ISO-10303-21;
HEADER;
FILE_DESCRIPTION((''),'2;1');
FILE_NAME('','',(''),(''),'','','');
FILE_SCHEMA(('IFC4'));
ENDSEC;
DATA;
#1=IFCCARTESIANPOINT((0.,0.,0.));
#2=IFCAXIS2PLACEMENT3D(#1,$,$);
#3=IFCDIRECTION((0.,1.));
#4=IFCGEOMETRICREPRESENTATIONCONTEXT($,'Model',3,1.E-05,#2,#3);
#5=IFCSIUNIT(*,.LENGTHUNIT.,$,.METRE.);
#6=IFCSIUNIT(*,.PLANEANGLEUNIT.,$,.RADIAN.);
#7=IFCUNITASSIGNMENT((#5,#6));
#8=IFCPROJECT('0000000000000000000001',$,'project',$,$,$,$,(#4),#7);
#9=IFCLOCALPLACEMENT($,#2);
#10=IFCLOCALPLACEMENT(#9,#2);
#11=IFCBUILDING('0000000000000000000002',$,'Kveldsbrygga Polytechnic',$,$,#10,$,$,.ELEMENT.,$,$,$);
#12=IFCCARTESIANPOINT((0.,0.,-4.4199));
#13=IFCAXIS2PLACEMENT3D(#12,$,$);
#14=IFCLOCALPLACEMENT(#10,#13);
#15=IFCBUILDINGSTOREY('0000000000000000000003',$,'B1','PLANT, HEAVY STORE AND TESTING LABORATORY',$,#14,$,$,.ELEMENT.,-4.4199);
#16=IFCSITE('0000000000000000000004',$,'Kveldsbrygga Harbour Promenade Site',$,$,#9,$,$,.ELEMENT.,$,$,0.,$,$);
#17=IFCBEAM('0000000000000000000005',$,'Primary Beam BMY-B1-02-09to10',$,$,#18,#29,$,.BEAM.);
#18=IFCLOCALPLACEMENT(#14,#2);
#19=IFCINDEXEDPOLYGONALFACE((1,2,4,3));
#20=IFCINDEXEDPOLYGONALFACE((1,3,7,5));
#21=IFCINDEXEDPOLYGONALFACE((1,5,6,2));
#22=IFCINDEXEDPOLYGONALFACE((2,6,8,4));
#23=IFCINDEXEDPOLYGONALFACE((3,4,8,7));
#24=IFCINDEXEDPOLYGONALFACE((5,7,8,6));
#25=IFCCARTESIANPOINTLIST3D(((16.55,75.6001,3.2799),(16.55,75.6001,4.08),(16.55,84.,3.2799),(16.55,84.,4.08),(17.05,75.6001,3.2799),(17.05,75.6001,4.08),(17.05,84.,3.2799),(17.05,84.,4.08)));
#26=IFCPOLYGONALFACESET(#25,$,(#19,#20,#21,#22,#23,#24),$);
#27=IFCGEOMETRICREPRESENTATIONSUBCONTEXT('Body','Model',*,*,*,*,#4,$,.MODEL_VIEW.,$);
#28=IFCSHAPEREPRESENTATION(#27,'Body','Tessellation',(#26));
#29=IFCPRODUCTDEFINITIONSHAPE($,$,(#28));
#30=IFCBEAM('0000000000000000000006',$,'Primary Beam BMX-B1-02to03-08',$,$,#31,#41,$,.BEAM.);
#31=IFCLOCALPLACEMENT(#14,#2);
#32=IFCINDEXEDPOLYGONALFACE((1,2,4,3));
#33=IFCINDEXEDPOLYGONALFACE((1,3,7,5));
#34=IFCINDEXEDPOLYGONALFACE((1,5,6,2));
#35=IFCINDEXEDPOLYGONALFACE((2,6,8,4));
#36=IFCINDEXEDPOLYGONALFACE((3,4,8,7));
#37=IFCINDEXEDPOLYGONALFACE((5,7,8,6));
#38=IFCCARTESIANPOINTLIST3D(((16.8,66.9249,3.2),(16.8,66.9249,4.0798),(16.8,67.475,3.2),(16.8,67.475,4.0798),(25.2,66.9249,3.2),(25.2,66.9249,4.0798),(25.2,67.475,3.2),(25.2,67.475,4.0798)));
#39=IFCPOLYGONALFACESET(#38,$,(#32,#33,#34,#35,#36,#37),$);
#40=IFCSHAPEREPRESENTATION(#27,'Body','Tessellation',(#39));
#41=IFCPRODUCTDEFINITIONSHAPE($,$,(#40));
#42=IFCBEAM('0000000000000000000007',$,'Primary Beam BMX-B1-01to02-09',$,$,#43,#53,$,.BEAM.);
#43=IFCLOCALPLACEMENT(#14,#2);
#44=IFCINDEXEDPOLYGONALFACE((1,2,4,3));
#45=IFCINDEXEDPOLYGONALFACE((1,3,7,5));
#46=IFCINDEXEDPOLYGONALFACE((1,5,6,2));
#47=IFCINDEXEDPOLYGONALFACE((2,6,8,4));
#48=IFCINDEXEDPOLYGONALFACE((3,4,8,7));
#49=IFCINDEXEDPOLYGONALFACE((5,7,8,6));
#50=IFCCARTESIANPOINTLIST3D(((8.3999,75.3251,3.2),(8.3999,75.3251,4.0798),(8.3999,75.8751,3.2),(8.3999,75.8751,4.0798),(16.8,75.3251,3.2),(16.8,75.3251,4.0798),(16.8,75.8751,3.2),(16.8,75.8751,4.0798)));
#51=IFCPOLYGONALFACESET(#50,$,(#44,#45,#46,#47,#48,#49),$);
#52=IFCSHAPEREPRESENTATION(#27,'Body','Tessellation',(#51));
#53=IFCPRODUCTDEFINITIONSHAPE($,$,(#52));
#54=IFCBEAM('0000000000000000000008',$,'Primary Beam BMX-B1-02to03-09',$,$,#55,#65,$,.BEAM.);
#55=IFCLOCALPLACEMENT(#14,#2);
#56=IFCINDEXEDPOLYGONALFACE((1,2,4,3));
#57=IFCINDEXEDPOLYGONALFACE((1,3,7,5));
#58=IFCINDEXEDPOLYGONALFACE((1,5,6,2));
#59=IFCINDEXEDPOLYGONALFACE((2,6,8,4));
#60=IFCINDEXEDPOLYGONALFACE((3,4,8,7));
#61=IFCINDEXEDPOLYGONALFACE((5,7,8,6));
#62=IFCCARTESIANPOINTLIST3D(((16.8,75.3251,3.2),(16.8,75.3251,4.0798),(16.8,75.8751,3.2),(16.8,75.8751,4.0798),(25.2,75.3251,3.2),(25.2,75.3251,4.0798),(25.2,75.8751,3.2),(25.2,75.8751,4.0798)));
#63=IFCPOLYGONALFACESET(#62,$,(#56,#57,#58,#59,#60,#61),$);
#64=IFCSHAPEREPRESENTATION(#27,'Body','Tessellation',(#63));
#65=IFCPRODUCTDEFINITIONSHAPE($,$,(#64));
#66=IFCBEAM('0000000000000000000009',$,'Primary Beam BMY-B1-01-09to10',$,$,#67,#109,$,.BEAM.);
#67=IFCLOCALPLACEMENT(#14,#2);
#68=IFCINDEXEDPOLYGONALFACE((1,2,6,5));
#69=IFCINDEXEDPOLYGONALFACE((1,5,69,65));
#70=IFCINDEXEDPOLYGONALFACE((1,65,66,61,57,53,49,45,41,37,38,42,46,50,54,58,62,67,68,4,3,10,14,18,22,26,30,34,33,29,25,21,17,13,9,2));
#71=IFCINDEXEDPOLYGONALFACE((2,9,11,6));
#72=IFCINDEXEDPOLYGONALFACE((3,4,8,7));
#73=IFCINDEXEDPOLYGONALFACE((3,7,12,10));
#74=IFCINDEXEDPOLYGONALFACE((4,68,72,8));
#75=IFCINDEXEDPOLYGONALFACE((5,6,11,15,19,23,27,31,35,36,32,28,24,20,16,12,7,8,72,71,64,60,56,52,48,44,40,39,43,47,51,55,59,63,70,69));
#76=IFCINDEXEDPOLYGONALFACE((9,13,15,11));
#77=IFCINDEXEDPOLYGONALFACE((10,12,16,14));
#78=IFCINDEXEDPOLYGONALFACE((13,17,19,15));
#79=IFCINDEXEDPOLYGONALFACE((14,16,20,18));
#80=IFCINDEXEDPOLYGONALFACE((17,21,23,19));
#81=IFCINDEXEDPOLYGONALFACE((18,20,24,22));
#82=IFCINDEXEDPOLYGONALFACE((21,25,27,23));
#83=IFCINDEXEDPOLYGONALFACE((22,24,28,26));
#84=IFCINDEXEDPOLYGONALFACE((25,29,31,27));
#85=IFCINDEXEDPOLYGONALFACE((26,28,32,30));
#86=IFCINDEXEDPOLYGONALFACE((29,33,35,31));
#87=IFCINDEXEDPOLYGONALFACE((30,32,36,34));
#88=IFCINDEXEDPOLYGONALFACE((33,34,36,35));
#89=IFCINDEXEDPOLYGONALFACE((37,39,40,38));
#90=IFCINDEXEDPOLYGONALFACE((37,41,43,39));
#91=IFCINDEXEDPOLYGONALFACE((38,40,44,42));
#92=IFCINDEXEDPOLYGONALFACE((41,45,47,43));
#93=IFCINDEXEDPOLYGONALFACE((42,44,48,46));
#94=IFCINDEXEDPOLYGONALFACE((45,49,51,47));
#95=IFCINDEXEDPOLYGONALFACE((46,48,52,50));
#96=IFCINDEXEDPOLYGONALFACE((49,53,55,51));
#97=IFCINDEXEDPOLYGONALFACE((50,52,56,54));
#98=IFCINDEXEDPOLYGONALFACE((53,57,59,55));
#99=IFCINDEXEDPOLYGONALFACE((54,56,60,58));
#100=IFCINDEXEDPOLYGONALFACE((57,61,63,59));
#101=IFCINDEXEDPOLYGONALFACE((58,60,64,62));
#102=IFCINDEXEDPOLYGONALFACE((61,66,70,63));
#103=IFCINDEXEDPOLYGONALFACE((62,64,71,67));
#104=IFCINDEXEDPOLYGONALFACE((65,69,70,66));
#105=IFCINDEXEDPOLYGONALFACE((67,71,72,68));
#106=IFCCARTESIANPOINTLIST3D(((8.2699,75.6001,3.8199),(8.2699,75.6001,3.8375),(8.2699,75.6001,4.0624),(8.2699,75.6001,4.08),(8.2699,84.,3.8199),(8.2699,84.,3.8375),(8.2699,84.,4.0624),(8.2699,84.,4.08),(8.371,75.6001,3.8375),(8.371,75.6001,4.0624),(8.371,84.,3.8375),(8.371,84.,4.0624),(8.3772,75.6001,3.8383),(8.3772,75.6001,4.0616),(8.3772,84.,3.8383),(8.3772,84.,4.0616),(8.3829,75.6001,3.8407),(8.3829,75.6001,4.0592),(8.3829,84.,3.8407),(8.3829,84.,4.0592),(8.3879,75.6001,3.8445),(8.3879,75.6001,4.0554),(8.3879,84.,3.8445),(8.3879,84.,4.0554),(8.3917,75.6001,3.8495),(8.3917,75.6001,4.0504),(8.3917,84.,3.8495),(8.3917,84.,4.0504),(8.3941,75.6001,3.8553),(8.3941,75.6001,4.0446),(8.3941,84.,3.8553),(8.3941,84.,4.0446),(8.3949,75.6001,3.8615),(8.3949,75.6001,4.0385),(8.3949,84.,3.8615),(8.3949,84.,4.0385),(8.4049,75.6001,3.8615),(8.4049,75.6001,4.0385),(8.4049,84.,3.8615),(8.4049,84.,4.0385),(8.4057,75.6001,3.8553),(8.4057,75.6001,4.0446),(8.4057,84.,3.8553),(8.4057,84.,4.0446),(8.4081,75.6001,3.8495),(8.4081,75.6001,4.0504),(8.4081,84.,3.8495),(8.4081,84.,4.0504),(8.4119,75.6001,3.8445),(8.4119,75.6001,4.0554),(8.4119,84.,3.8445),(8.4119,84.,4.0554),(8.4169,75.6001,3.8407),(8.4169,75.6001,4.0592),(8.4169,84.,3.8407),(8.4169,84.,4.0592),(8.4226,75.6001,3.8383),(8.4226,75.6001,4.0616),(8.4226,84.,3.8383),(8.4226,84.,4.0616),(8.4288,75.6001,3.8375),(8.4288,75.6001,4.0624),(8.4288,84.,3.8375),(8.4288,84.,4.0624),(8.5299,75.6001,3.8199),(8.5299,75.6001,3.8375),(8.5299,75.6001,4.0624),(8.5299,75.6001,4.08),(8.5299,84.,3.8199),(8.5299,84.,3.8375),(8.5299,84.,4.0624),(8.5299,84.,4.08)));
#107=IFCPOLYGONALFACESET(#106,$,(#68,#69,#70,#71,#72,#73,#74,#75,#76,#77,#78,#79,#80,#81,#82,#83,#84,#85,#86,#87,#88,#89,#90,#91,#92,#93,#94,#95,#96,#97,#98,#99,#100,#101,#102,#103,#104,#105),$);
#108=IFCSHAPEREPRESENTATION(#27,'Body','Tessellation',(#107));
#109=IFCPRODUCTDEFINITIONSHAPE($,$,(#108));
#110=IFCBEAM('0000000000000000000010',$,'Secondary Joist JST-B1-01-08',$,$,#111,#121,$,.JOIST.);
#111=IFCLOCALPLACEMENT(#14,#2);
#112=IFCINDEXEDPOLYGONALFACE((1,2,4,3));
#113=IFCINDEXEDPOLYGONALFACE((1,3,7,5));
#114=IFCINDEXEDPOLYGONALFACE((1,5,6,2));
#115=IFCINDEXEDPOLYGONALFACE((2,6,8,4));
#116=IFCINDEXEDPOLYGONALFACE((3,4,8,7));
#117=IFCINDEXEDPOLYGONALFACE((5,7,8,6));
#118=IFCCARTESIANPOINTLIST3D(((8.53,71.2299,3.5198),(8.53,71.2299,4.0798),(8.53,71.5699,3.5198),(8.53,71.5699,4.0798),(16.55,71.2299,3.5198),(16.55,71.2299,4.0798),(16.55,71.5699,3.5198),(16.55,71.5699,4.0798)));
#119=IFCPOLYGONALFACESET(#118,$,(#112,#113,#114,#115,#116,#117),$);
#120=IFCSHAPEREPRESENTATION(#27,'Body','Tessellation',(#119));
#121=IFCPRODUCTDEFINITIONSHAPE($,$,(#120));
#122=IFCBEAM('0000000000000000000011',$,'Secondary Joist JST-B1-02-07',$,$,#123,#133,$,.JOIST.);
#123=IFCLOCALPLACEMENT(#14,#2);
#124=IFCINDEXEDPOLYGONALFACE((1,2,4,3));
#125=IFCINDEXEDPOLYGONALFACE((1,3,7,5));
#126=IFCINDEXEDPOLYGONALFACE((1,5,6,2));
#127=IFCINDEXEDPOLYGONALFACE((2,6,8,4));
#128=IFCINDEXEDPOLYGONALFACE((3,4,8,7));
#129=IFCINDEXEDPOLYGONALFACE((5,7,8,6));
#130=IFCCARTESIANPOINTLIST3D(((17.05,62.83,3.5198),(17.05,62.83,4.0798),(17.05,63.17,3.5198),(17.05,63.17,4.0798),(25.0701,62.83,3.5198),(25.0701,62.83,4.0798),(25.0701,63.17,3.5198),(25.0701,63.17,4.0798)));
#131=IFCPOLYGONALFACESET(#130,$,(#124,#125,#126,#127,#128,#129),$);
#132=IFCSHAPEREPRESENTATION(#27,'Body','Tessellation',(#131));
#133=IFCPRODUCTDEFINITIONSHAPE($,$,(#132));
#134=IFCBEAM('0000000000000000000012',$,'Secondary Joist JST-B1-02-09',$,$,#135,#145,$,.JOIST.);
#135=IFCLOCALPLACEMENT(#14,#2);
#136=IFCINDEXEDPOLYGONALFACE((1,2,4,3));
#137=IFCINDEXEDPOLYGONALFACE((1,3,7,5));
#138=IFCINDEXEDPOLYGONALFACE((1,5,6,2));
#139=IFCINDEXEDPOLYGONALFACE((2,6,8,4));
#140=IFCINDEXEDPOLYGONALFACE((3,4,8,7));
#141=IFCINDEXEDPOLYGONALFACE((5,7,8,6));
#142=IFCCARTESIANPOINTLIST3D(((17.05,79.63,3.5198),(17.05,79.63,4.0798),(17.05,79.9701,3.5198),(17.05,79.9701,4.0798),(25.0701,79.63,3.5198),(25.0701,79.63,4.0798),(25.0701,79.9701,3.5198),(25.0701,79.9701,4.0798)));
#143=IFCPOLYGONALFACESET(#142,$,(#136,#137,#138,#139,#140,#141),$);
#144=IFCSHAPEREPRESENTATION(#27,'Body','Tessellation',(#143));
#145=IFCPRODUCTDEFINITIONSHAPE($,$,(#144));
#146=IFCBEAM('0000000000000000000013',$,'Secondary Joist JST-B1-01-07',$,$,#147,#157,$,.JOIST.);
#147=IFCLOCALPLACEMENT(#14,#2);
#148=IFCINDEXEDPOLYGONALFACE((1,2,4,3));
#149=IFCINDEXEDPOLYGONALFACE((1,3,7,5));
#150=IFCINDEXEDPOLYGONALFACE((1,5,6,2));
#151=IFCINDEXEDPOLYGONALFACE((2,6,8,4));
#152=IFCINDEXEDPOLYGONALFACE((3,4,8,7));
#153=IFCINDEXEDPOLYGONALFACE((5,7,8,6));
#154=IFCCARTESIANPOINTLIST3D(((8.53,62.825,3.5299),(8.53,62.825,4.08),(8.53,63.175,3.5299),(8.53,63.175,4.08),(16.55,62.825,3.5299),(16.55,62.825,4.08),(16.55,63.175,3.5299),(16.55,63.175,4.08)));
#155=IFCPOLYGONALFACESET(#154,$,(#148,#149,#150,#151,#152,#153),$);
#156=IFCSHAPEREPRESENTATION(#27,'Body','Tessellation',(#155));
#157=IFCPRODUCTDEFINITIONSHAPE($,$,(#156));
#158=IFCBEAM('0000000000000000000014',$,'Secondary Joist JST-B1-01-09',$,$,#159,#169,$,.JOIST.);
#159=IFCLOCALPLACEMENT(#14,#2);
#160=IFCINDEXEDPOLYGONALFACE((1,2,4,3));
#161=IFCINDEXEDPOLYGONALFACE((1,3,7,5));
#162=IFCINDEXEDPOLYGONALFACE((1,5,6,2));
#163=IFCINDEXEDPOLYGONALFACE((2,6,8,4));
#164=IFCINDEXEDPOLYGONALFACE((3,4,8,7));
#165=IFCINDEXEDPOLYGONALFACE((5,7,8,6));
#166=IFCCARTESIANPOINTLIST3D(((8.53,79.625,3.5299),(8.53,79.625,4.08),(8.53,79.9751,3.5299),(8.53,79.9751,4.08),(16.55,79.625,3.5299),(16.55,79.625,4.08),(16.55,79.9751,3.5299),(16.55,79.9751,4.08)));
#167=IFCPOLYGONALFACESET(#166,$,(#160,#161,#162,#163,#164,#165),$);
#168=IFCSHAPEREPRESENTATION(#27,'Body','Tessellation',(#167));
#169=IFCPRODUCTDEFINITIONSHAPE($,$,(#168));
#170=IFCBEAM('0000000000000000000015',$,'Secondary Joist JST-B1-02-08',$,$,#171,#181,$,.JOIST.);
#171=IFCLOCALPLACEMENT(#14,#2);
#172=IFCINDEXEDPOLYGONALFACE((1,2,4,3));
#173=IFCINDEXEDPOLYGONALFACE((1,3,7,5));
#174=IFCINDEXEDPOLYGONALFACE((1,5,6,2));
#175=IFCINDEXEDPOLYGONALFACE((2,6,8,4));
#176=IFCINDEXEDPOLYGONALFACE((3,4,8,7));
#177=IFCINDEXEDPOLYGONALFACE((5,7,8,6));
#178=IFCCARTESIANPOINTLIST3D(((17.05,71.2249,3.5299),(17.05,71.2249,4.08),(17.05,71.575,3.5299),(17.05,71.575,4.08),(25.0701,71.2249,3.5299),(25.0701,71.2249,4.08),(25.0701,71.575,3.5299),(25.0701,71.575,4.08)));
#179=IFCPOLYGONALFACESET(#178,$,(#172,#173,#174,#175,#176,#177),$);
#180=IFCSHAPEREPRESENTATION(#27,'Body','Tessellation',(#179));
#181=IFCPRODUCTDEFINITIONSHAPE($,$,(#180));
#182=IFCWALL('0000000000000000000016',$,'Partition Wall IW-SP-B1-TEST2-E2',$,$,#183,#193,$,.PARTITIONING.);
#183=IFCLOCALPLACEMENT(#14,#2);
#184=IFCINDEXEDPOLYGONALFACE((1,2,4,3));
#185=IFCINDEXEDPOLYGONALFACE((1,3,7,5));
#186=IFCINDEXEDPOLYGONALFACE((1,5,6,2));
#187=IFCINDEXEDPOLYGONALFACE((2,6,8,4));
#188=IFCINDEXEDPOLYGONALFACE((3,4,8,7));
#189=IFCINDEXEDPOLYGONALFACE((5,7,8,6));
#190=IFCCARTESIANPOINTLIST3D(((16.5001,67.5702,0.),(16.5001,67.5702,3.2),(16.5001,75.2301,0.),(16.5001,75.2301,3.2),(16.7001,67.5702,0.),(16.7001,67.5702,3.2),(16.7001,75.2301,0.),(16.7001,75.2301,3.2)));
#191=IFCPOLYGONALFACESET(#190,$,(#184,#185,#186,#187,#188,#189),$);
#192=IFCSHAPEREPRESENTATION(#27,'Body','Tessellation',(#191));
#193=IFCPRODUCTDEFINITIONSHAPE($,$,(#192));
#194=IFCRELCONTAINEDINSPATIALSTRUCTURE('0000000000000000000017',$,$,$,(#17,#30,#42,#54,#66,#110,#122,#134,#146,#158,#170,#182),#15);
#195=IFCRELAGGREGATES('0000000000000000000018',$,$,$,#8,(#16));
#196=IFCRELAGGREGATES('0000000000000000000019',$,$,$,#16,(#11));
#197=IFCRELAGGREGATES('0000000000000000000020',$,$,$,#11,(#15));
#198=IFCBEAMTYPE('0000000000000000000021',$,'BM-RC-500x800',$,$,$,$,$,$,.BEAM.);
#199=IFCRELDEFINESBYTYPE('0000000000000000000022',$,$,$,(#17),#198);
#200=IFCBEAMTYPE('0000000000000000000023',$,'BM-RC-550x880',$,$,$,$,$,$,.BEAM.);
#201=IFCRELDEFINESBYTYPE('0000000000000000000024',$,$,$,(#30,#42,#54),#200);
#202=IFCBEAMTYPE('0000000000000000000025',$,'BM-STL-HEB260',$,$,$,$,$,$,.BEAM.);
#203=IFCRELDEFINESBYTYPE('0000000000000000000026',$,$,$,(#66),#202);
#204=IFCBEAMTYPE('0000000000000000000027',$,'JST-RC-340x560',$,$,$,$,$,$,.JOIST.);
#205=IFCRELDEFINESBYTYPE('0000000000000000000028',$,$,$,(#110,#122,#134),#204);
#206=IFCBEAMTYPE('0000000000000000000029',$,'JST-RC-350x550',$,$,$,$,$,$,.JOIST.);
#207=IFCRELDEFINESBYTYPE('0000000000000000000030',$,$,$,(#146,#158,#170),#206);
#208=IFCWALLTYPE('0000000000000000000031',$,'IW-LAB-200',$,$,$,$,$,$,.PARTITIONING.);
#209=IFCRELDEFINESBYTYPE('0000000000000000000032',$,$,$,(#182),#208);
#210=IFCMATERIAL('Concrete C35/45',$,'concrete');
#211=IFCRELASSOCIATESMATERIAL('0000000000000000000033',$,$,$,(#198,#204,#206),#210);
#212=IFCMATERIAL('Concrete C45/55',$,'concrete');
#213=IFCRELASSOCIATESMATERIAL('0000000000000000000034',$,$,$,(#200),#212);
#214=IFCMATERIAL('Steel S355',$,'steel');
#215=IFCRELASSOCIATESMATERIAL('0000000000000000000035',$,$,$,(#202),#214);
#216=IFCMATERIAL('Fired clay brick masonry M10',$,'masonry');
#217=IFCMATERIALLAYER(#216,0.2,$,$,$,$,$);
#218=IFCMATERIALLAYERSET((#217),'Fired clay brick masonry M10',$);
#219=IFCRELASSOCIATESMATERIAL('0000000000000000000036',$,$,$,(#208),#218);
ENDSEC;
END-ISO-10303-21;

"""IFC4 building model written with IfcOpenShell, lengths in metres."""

from ifc_helpers import new_model, si_unit, direction, frame, frame_2d, origin, origin_2d, place, context, subcontext, project, spatial, rectangle, i_section, extrude, material, layer, layer_set, material_profile, profile_set, type_object, element, save


model = new_model("IFC4")

# Units and contexts
model_context = context("Model", 3, precision=1e-05, world=origin(), true_north=direction((0.0, 1.0)))
body_context = subcontext(model_context, "Body", "Model", "MODEL_VIEW")
ifc_project = project(units=[si_unit("LENGTHUNIT", "METRE"), si_unit("PLANEANGLEUNIT", "RADIAN")], contexts=[model_context])

# Site, building, storey
site_placement = place(None, origin())
site = spatial("IfcSite", under=ifc_project, at=site_placement, Name="Kveldsbrygga Harbour Promenade Site", CompositionType="ELEMENT", RefElevation=0.0)
building_placement = place(site_placement, origin())
building = spatial("IfcBuilding", under=site, at=building_placement, Name="Kveldsbrygga Polytechnic", CompositionType="ELEMENT")
storey_placement = place(building_placement, frame((0.0, 0.0, -4.4199)))
storey = spatial("IfcBuildingStorey", under=building, at=storey_placement, Name="B1", Description="PLANT, HEAVY STORE AND TESTING LABORATORY", CompositionType="ELEMENT", Elevation=-4.4199)

# Shared definitions
ifc_material_1 = material(Name="Concrete C35/45", Category="concrete")

# Shared definitions
ifc_material_2 = material(Name="Concrete C45/55", Category="concrete")

# Beams
ifc_material_profile_1 = material_profile(ifc_material_1, rectangle(XDim=0.5, YDim=0.8, at=origin_2d()), Name="RC 500x800")
ifc_profile_set_1 = profile_set([ifc_material_profile_1], Name="Concrete C35/45")
beam_type_1 = type_object("IfcBeamType", Name="BM-RC-500x800", PredefinedType="BEAM", material=ifc_profile_set_1)
beam_1_placement = place(storey_placement, frame((16.8, 75.6001, 3.6799), z_axis=(0.0, 1.0, 0.0), x_axis=(-1.0, 0.0, 0.0)))
element("IfcBeam", 1, at=beam_1_placement, inside=storey, type_object=beam_type_1, Name="Primary Beam BMY-B1-02-09to10", PredefinedType="BEAM", context=body_context, shape_type="SweptSolid", body=[
    extrude(rectangle(XDim=0.5, YDim=0.8, at=origin_2d()), origin(), (0.0, 0.0, 1.0), 8.3999),
])
ifc_material_profile_2 = material_profile(ifc_material_2, rectangle(XDim=0.55, YDim=0.8799, at=origin_2d()), Name="RC 550x880")
ifc_profile_set_2 = profile_set([ifc_material_profile_2], Name="Concrete C45/55")
beam_type_2 = type_object("IfcBeamType", Name="BM-RC-550x880", PredefinedType="BEAM", material=ifc_profile_set_2)
beam_2_placement = place(storey_placement, frame((16.8, 67.2, 3.6399), z_axis=(1.0, 0.0, 0.0), x_axis=(0.0, 1.0, 0.0)))
element("IfcBeam", 2, at=beam_2_placement, inside=storey, type_object=beam_type_2, Name="Primary Beam BMX-B1-02to03-08", PredefinedType="BEAM", context=body_context, shape_type="SweptSolid", body=[
    extrude(rectangle(XDim=0.55, YDim=0.8799, at=origin_2d()), origin(), (0.0, 0.0, 1.0), 8.3999),
])
beam_3_placement = place(storey_placement, frame((8.3999, 75.6001, 3.6399), z_axis=(1.0, 0.0, 0.0), x_axis=(0.0, 1.0, 0.0)))
element("IfcBeam", 3, at=beam_3_placement, inside=storey, type_object=beam_type_2, Name="Primary Beam BMX-B1-01to02-09", PredefinedType="BEAM", context=body_context, shape_type="SweptSolid", body=[
    extrude(rectangle(XDim=0.55, YDim=0.8799, at=origin_2d()), origin(), (0.0, 0.0, 1.0), 8.4001),
])
beam_4_placement = place(storey_placement, frame((16.8, 75.6001, 3.6399), z_axis=(1.0, 0.0, 0.0), x_axis=(0.0, 1.0, 0.0)))
element("IfcBeam", 4, at=beam_4_placement, inside=storey, type_object=beam_type_2, Name="Primary Beam BMX-B1-02to03-09", PredefinedType="BEAM", context=body_context, shape_type="SweptSolid", body=[
    extrude(rectangle(XDim=0.55, YDim=0.8799, at=origin_2d()), origin(), (0.0, 0.0, 1.0), 8.3999),
])
ifc_material_3 = material(Name="Steel S355", Category="steel")
ifc_material_profile_3 = material_profile(ifc_material_3, i_section(OverallWidth=0.26, OverallDepth=0.26, WebThickness=0.01, FlangeThickness=0.0176, FilletRadius=0.0239, at=origin_2d()), Name="HEB 260")
ifc_profile_set_3 = profile_set([ifc_material_profile_3], Name="Steel S355")
beam_type_3 = type_object("IfcBeamType", Name="BM-STL-HEB260", PredefinedType="BEAM", material=ifc_profile_set_3)
beam_5_placement = place(storey_placement, frame((8.3999, 75.6001, 3.95), z_axis=(0.0, 1.0, 0.0), x_axis=(-1.0, 0.0, 0.0)))
element("IfcBeam", 5, at=beam_5_placement, inside=storey, type_object=beam_type_3, Name="Primary Beam BMY-B1-01-09to10", PredefinedType="BEAM", context=body_context, shape_type="SweptSolid", body=[
    extrude(i_section(OverallWidth=0.26, OverallDepth=0.26, WebThickness=0.01, FlangeThickness=0.0176, FilletRadius=0.0239, at=origin_2d()), origin(), (0.0, 0.0, 1.0), 8.3999),
])
ifc_material_profile_4 = material_profile(ifc_material_1, rectangle(XDim=0.3401, YDim=0.5601, at=origin_2d()), Name="RC 340x560")
ifc_profile_set_4 = profile_set([ifc_material_profile_4], Name="Concrete C35/45")
beam_type_4 = type_object("IfcBeamType", Name="JST-RC-340x560", PredefinedType="JOIST", material=ifc_profile_set_4)
for number, where, z_axis, x_axis, name in (
    (6, (8.53, 71.3999, 3.7998), (1.0, 0.0, 0.0), (0.0, 1.0, 0.0), "Secondary Joist JST-B1-01-08"),
    (7, (17.05, 63.0, 3.7998), (1.0, 0.0, 0.0), (0.0, 1.0, 0.0), "Secondary Joist JST-B1-02-07"),
    (8, (17.05, 79.8, 3.7998), (1.0, 0.0, 0.0), (0.0, 1.0, 0.0), "Secondary Joist JST-B1-02-09"),
):
    element("IfcBeam", number, at=place(storey_placement, frame(where, z_axis=z_axis, x_axis=x_axis)), inside=storey, type_object=beam_type_4, Name=name, PredefinedType="JOIST", context=body_context, shape_type="SweptSolid", body=[
        extrude(rectangle(XDim=0.3401, YDim=0.5601, at=origin_2d()), origin(), (0.0, 0.0, 1.0), 8.02),
    ])
ifc_material_profile_5 = material_profile(ifc_material_1, rectangle(XDim=0.3501, YDim=0.55, at=origin_2d()), Name="RC 350x550")
ifc_profile_set_5 = profile_set([ifc_material_profile_5], Name="Concrete C35/45")
beam_type_5 = type_object("IfcBeamType", Name="JST-RC-350x550", PredefinedType="JOIST", material=ifc_profile_set_5)
for number, where, z_axis, x_axis, name in (
    (9, (8.53, 63.0, 3.8049), (1.0, 0.0, 0.0), (0.0, 1.0, 0.0), "Secondary Joist JST-B1-01-07"),
    (10, (8.53, 79.8, 3.8049), (1.0, 0.0, 0.0), (0.0, 1.0, 0.0), "Secondary Joist JST-B1-01-09"),
    (11, (17.05, 71.3999, 3.8049), (1.0, 0.0, 0.0), (0.0, 1.0, 0.0), "Secondary Joist JST-B1-02-08"),
):
    element("IfcBeam", number, at=place(storey_placement, frame(where, z_axis=z_axis, x_axis=x_axis)), inside=storey, type_object=beam_type_5, Name=name, PredefinedType="JOIST", context=body_context, shape_type="SweptSolid", body=[
        extrude(rectangle(XDim=0.3501, YDim=0.55, at=origin_2d()), origin(), (0.0, 0.0, 1.0), 8.02),
    ])

# Wall
ifc_material_4 = material(Name="Fired clay brick masonry M10", Category="masonry")
ifc_layer_1 = layer(ifc_material_4, 0.2)
ifc_layer_set_1 = layer_set([ifc_layer_1], Name="Fired clay brick masonry M10")
wall_type_1 = type_object("IfcWallType", Name="IW-LAB-200", PredefinedType="PARTITIONING", material=ifc_layer_set_1)
wall_1_placement = place(storey_placement, frame((16.6001, 67.5701, 0.0), z_axis=(0.0, 0.0, 1.0), x_axis=(0.0, 1.0, 0.0)))
element("IfcWall", 12, at=wall_1_placement, inside=storey, type_object=wall_type_1, Name="Partition Wall IW-SP-B1-TEST2-E2", PredefinedType="PARTITIONING", context=body_context, shape_type="SweptSolid", body=[
    extrude(rectangle(XDim=7.6599, YDim=0.2, at=frame_2d((3.8301, 0.0))), origin(), (0.0, 0.0, 1.0), 3.2),
])

save(model, "model.ifc")
